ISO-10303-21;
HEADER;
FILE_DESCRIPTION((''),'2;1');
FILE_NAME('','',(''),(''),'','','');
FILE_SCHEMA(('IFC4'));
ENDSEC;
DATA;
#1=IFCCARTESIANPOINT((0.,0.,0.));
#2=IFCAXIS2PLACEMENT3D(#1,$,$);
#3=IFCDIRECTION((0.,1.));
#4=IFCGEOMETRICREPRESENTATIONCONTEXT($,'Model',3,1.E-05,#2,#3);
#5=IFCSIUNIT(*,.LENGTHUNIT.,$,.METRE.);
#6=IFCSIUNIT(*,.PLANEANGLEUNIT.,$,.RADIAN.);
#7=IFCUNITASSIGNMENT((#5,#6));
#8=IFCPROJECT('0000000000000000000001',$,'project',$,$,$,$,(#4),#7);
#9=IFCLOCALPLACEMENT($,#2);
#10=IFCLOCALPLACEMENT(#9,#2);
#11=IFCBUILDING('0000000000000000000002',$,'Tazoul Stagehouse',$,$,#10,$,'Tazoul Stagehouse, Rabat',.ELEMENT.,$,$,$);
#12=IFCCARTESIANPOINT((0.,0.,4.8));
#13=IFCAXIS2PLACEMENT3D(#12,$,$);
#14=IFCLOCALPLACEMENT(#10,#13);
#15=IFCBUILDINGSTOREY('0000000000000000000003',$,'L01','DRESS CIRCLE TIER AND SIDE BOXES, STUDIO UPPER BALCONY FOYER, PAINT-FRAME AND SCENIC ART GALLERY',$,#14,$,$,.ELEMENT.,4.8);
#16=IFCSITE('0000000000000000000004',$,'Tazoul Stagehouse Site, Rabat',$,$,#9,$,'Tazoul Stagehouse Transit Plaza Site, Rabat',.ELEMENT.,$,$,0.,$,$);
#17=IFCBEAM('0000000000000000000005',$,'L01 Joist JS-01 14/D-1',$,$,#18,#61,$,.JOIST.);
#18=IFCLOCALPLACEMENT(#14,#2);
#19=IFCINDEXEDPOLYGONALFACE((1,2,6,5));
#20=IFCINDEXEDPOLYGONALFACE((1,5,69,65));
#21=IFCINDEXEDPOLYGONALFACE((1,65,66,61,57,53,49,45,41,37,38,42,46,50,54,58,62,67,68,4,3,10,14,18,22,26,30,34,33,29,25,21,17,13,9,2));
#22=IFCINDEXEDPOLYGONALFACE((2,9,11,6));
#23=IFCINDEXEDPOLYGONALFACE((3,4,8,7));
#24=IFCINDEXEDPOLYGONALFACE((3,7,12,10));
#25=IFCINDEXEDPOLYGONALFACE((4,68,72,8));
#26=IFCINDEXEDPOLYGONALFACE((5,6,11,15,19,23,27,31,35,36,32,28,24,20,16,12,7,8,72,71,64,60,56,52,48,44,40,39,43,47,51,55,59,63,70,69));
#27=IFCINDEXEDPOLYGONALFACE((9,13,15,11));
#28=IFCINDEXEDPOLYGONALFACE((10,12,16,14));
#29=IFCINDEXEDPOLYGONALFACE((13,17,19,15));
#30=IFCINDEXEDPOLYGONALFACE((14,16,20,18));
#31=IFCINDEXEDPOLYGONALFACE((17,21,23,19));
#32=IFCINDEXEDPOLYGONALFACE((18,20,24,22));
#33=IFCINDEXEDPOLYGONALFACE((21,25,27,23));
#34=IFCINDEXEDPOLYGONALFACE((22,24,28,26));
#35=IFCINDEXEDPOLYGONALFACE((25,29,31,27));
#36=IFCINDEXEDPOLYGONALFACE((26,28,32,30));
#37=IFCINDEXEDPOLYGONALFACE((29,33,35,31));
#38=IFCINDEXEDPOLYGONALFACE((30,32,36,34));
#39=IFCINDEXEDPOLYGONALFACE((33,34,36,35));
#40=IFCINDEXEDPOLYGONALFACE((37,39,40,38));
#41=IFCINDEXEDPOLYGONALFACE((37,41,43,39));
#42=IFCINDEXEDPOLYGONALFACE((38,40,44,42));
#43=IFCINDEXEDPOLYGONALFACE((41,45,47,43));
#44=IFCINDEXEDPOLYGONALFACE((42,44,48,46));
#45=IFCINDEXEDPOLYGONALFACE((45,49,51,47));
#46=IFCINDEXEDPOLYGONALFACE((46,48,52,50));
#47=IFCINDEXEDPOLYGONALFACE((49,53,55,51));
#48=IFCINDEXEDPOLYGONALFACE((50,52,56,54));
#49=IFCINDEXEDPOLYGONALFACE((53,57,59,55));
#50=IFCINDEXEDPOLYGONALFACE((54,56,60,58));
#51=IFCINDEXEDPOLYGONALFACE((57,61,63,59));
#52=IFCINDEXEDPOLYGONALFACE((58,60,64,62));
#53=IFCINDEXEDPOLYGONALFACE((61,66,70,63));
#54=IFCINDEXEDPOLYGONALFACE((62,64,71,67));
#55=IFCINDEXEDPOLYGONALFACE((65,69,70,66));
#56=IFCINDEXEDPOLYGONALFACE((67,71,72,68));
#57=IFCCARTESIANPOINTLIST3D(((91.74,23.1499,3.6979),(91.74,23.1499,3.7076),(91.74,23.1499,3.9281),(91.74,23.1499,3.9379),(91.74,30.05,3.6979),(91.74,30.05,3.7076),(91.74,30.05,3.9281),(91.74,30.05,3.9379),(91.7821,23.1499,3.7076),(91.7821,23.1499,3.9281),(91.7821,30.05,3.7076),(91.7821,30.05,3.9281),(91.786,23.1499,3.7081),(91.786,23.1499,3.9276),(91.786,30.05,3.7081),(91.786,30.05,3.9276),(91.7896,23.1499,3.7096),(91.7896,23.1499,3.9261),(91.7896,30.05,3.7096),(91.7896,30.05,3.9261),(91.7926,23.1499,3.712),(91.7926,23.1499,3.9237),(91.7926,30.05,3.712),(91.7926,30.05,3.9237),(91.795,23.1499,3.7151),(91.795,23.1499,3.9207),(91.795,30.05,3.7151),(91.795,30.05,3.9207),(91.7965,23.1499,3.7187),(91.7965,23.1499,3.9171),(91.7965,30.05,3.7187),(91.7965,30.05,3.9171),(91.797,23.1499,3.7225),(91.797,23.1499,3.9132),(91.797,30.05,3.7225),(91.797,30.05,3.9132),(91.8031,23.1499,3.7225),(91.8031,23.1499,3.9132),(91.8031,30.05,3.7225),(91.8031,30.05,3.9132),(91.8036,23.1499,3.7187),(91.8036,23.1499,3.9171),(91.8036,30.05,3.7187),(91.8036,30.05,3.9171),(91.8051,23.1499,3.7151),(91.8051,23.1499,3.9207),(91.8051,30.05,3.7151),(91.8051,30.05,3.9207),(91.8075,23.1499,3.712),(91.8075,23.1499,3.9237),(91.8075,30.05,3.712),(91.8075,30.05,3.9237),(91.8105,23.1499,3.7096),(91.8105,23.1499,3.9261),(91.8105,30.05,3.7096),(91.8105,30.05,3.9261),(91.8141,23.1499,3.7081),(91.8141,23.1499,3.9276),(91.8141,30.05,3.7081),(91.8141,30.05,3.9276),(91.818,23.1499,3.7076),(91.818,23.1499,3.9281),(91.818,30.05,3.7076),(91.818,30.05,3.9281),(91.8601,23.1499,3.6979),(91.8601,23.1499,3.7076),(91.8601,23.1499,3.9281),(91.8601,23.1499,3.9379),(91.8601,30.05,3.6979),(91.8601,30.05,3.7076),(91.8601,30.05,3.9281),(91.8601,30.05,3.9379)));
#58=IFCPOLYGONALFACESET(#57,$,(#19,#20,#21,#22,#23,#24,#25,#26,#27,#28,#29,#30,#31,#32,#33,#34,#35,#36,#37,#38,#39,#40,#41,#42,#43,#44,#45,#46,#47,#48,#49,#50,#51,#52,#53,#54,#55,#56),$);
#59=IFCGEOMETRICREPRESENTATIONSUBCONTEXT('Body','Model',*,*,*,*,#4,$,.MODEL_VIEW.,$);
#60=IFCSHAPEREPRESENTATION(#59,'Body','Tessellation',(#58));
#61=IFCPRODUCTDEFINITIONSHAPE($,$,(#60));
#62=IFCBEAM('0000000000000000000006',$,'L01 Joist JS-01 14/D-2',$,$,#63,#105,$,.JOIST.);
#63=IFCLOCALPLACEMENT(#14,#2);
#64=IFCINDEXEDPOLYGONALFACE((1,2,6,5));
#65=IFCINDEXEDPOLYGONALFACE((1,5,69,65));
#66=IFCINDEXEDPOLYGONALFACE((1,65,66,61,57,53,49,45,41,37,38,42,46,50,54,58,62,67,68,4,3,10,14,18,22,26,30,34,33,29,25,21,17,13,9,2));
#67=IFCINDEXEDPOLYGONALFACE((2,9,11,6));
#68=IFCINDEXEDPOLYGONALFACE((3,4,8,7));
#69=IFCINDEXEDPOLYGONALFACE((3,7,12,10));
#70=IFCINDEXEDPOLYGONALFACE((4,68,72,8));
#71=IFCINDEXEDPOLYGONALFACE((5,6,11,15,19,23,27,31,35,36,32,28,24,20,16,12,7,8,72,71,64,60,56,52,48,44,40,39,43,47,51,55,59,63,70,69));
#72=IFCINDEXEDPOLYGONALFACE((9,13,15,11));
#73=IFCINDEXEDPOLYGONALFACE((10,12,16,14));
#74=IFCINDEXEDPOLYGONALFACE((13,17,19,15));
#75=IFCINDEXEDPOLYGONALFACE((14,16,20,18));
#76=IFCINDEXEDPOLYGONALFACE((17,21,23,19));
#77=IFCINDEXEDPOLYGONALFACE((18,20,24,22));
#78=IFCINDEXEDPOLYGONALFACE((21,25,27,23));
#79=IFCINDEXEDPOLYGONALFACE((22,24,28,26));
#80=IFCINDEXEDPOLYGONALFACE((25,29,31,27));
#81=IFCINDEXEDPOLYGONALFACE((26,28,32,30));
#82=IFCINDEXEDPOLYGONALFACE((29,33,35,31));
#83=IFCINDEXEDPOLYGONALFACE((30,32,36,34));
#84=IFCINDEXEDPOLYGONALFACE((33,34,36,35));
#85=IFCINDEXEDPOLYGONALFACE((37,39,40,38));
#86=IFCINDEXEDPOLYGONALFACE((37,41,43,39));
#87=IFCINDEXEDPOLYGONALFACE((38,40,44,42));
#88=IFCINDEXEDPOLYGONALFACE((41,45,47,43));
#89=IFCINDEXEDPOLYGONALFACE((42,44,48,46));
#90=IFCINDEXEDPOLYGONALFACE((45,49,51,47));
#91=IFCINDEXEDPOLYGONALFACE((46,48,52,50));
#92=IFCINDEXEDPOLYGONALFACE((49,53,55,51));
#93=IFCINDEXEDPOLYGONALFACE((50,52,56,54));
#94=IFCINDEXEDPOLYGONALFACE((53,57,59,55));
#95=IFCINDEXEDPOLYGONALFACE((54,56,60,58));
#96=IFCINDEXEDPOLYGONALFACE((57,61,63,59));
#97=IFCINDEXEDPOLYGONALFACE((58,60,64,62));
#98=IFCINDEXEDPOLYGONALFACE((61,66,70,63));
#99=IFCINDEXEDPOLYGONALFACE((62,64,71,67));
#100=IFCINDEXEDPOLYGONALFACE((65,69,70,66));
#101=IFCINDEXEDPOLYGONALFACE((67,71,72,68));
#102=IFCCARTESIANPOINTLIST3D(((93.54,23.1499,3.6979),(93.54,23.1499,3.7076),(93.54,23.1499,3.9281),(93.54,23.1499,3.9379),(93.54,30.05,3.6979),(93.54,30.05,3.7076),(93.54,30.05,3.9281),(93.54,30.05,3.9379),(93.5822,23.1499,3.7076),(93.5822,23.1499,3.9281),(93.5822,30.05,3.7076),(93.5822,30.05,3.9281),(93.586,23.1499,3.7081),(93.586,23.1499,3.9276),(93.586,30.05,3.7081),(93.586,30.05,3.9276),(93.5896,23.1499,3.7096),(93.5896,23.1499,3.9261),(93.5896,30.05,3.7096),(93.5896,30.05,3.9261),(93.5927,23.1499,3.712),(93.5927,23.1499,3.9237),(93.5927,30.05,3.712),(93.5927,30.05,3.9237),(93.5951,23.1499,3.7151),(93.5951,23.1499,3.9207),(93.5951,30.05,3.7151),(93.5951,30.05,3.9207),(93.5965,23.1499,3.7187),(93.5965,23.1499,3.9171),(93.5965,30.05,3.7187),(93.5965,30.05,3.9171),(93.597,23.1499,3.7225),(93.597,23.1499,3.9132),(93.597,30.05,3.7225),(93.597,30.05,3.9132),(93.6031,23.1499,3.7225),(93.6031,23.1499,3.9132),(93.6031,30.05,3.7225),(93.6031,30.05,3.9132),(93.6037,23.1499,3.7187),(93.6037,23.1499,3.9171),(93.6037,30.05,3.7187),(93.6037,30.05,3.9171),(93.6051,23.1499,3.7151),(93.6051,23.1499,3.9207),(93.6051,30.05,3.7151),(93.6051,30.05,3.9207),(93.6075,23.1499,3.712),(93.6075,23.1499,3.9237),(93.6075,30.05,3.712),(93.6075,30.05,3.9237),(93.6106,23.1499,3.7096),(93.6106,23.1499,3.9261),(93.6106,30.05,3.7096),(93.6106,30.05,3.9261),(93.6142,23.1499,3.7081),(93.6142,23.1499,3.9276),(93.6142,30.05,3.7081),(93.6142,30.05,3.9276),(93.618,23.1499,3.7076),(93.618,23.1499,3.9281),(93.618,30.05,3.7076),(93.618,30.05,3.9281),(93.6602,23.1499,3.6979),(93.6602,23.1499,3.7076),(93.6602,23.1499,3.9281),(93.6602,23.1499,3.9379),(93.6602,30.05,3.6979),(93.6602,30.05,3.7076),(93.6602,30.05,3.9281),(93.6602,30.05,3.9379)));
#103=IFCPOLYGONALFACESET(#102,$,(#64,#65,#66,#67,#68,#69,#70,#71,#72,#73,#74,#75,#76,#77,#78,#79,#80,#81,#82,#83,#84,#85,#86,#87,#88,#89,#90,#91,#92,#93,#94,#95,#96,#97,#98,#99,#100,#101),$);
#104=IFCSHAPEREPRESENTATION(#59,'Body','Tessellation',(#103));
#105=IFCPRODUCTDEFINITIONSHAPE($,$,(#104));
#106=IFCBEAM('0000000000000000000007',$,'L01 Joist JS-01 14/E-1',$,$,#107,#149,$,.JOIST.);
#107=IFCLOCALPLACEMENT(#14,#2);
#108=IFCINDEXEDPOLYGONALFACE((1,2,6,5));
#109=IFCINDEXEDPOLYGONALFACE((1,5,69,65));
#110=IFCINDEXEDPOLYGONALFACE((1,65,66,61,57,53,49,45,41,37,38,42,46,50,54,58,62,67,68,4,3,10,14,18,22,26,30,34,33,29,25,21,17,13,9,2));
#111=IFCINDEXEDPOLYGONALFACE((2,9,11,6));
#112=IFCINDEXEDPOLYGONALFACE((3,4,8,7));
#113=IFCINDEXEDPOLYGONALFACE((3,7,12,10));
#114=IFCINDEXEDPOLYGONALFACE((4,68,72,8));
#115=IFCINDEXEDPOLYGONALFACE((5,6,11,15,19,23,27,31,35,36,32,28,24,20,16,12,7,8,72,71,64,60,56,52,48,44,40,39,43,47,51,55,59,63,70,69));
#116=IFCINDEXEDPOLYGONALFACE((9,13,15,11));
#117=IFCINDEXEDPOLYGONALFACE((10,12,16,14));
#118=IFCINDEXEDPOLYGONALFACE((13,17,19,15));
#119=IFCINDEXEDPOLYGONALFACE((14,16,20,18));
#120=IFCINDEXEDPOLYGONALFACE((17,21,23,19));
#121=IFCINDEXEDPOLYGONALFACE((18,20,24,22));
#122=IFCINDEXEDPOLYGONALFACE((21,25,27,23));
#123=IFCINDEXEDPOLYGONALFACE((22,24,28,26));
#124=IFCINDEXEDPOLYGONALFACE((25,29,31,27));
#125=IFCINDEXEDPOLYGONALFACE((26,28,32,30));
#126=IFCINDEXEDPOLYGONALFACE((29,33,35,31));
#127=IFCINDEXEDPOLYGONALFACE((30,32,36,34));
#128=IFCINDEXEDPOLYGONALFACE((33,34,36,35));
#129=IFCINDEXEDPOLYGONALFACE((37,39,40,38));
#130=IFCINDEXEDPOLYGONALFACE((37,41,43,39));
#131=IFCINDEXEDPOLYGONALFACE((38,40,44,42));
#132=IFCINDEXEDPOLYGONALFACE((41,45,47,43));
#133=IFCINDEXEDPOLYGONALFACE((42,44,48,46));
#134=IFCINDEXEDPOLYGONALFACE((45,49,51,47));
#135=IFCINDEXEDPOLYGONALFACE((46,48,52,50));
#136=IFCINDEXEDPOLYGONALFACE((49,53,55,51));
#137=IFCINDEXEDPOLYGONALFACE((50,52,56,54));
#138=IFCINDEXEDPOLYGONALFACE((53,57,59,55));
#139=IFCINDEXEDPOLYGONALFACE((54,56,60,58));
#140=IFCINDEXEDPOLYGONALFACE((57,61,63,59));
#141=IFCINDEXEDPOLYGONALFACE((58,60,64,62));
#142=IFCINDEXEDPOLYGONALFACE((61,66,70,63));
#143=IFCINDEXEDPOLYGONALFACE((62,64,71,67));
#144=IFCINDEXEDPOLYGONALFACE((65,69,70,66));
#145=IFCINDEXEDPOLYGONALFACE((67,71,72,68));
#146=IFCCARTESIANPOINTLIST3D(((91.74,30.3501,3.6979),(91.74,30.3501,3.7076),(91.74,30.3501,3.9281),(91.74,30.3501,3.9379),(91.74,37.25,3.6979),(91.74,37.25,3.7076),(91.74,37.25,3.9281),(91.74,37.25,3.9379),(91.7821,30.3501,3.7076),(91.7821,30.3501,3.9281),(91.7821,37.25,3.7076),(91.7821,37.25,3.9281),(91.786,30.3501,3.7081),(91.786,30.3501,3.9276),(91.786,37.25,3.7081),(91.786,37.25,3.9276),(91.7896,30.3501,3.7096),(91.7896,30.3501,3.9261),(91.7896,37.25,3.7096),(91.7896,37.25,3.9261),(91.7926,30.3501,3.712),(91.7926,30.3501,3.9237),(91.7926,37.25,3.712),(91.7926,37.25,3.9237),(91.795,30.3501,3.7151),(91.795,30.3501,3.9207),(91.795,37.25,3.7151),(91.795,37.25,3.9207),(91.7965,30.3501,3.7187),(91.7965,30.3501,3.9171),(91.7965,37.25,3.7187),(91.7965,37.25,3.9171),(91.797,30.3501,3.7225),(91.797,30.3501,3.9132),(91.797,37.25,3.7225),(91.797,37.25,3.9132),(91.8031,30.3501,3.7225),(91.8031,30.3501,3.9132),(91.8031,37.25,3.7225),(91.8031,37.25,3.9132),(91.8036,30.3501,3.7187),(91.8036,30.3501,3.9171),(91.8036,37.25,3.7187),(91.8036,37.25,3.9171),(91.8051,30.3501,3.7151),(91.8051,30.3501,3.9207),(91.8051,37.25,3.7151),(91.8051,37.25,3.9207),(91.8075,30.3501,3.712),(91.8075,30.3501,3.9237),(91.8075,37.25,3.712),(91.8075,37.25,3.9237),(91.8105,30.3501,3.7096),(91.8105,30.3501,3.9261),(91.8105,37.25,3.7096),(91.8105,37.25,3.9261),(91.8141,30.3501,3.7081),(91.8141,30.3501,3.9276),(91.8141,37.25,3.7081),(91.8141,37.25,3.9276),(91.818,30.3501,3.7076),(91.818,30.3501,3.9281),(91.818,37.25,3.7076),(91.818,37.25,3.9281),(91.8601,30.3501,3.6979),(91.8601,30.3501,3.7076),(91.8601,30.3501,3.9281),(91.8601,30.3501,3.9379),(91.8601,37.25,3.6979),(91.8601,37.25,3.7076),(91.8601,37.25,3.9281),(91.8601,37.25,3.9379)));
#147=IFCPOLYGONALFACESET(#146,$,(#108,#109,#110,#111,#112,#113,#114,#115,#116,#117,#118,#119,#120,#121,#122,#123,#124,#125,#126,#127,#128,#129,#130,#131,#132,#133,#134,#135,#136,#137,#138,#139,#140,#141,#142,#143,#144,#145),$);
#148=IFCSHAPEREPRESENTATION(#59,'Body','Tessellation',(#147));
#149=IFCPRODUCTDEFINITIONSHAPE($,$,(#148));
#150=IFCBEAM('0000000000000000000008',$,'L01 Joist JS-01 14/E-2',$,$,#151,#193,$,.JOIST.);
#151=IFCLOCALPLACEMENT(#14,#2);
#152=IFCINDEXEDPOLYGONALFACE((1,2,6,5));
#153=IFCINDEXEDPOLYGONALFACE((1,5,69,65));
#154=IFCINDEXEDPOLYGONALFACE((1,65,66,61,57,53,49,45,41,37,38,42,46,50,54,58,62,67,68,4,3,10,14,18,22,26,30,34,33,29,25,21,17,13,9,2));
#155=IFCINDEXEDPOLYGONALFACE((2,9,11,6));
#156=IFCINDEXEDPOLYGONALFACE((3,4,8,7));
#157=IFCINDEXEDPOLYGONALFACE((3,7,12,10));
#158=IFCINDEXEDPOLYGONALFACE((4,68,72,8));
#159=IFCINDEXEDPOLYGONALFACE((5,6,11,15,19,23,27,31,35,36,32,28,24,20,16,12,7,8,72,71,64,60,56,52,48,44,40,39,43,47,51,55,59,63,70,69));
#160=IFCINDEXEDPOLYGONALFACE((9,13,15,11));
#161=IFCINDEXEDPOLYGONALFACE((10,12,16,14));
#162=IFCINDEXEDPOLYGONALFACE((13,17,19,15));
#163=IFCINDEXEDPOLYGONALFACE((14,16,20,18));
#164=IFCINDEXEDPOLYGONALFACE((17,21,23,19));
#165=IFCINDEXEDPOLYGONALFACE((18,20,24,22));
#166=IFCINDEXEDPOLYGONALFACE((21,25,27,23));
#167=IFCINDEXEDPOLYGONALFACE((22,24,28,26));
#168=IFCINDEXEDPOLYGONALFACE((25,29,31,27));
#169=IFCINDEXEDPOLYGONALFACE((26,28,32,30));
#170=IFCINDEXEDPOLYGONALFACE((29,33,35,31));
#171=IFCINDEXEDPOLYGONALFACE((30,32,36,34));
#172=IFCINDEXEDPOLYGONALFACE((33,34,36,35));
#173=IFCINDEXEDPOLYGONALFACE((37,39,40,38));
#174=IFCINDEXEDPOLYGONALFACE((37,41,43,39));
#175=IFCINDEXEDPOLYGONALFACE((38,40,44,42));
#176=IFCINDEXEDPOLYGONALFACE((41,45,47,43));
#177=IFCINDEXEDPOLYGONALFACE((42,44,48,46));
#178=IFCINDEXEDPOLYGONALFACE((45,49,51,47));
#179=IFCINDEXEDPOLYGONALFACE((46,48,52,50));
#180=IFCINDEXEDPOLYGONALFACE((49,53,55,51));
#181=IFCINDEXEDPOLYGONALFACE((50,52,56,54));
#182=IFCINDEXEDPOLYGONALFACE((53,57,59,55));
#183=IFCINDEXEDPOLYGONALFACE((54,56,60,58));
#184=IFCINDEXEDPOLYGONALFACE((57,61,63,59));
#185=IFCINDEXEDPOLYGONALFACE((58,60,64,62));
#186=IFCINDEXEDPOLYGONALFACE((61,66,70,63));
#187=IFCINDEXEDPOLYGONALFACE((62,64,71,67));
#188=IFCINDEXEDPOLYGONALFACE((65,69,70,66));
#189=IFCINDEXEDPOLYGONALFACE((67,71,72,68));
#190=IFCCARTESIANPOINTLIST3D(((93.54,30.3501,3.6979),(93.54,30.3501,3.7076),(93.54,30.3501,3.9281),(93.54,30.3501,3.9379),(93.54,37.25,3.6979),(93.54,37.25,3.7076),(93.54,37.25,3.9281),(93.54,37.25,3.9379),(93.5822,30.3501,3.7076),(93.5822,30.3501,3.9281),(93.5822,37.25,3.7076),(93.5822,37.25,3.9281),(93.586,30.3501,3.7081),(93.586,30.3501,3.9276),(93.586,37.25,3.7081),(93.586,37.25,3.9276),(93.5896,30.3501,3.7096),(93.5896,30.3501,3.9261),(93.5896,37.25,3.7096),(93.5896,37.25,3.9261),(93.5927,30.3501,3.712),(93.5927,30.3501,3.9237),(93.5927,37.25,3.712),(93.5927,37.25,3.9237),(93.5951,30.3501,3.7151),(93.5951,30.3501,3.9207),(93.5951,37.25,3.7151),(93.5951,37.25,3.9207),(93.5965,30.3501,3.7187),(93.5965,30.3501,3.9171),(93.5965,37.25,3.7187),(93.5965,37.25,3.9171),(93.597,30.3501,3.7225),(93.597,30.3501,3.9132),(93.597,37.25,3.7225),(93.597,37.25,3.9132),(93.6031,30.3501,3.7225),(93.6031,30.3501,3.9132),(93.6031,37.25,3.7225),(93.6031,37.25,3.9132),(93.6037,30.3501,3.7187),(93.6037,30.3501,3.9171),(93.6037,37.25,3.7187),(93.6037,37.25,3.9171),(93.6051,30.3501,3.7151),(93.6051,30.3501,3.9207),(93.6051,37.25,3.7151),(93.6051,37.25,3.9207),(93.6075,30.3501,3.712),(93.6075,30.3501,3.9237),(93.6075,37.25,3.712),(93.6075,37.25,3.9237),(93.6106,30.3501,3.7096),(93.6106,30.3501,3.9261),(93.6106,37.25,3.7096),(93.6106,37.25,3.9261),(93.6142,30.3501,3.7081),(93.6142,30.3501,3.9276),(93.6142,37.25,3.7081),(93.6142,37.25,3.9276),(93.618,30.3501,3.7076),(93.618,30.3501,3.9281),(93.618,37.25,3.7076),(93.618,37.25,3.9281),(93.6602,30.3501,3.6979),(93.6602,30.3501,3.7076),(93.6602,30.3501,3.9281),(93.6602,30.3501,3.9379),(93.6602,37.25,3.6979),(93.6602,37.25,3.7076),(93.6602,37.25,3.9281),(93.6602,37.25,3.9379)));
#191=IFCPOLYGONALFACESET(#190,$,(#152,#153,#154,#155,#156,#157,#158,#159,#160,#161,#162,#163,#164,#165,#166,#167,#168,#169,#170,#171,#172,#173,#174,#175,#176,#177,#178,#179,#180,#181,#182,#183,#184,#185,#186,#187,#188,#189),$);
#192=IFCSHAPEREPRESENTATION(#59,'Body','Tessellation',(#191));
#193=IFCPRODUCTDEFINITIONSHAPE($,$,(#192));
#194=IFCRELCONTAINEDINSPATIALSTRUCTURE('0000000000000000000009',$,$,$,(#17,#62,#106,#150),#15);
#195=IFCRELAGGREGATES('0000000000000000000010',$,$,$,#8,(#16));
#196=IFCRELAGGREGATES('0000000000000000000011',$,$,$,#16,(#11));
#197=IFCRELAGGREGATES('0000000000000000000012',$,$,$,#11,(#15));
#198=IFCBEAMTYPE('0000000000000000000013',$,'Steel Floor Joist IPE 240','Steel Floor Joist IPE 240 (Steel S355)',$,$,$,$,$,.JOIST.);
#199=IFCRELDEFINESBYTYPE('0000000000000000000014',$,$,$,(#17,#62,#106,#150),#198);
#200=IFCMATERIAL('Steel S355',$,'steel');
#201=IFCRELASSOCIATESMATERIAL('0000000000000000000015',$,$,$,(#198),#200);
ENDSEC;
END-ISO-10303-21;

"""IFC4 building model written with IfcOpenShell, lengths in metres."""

from ifc_helpers import new_model, si_unit, direction, frame, origin, origin_2d, place, context, subcontext, project, spatial, i_section, extrude, material, material_profile, profile_set, type_object, element, save


model = new_model("IFC4")

# Units and contexts
model_context = context("Model", 3, precision=1e-05, world=origin(), true_north=direction((0.0, 1.0)))
body_context = subcontext(model_context, "Body", "Model", "MODEL_VIEW")
ifc_project = project(units=[si_unit("LENGTHUNIT", "METRE"), si_unit("PLANEANGLEUNIT", "RADIAN")], contexts=[model_context])

# Site, building, storey
site_placement = place(None, origin())
site = spatial("IfcSite", under=ifc_project, at=site_placement, Name="Tazoul Stagehouse Site, Rabat", LongName="Tazoul Stagehouse Transit Plaza Site, Rabat", CompositionType="ELEMENT", RefElevation=0.0)
building_placement = place(site_placement, origin())
building = spatial("IfcBuilding", under=site, at=building_placement, Name="Tazoul Stagehouse", LongName="Tazoul Stagehouse, Rabat", CompositionType="ELEMENT")
storey_placement = place(building_placement, frame((0.0, 0.0, 4.8)))
storey = spatial("IfcBuildingStorey", under=building, at=storey_placement, Name="L01", Description="DRESS CIRCLE TIER AND SIDE BOXES, STUDIO UPPER BALCONY FOYER, PAINT-FRAME AND SCENIC ART GALLERY", CompositionType="ELEMENT", Elevation=4.8)

# Beams
ifc_material_1 = material(Name="Steel S355", Category="steel")
ifc_material_profile_1 = material_profile(ifc_material_1, i_section(OverallWidth=0.1201, OverallDepth=0.24, WebThickness=0.0061, FlangeThickness=0.0098, FilletRadius=0.0149, at=origin_2d()), Name="IPE 240")
ifc_profile_set_1 = profile_set([ifc_material_profile_1], Name="Steel S355")
beam_type_1 = type_object("IfcBeamType", Name="Steel Floor Joist IPE 240", Description="Steel Floor Joist IPE 240 (Steel S355)", PredefinedType="JOIST", material=ifc_profile_set_1)
for number, where, z_axis, x_axis, name in (
    (1, (91.8, 23.1499, 3.8179), (0.0, 1.0, 0.0), (-1.0, 0.0, 0.0), "L01 Joist JS-01 14/D-1"),
    (2, (93.6001, 23.1499, 3.8179), (0.0, 1.0, 0.0), (-1.0, 0.0, 0.0), "L01 Joist JS-01 14/D-2"),
):
    element("IfcBeam", number, at=place(storey_placement, frame(where, z_axis=z_axis, x_axis=x_axis)), inside=storey, type_object=beam_type_1, Name=name, PredefinedType="JOIST", context=body_context, shape_type="SweptSolid", body=[
        extrude(i_section(OverallWidth=0.1201, OverallDepth=0.24, WebThickness=0.0061, FlangeThickness=0.0098, FilletRadius=0.0149, at=origin_2d()), origin(), (0.0, 0.0, 1.0), 6.9001),
    ])
for number, where, z_axis, x_axis, name in (
    (3, (91.8, 30.3501, 3.8179), (0.0, 1.0, 0.0), (-1.0, 0.0, 0.0), "L01 Joist JS-01 14/E-1"),
    (4, (93.6001, 30.3501, 3.8179), (0.0, 1.0, 0.0), (-1.0, 0.0, 0.0), "L01 Joist JS-01 14/E-2"),
):
    element("IfcBeam", number, at=place(storey_placement, frame(where, z_axis=z_axis, x_axis=x_axis)), inside=storey, type_object=beam_type_1, Name=name, PredefinedType="JOIST", context=body_context, shape_type="SweptSolid", body=[
        extrude(i_section(OverallWidth=0.1201, OverallDepth=0.24, WebThickness=0.0061, FlangeThickness=0.0098, FilletRadius=0.0149, at=origin_2d()), origin(), (0.0, 0.0, 1.0), 6.8999),
    ])

save(model, "model.ifc")
